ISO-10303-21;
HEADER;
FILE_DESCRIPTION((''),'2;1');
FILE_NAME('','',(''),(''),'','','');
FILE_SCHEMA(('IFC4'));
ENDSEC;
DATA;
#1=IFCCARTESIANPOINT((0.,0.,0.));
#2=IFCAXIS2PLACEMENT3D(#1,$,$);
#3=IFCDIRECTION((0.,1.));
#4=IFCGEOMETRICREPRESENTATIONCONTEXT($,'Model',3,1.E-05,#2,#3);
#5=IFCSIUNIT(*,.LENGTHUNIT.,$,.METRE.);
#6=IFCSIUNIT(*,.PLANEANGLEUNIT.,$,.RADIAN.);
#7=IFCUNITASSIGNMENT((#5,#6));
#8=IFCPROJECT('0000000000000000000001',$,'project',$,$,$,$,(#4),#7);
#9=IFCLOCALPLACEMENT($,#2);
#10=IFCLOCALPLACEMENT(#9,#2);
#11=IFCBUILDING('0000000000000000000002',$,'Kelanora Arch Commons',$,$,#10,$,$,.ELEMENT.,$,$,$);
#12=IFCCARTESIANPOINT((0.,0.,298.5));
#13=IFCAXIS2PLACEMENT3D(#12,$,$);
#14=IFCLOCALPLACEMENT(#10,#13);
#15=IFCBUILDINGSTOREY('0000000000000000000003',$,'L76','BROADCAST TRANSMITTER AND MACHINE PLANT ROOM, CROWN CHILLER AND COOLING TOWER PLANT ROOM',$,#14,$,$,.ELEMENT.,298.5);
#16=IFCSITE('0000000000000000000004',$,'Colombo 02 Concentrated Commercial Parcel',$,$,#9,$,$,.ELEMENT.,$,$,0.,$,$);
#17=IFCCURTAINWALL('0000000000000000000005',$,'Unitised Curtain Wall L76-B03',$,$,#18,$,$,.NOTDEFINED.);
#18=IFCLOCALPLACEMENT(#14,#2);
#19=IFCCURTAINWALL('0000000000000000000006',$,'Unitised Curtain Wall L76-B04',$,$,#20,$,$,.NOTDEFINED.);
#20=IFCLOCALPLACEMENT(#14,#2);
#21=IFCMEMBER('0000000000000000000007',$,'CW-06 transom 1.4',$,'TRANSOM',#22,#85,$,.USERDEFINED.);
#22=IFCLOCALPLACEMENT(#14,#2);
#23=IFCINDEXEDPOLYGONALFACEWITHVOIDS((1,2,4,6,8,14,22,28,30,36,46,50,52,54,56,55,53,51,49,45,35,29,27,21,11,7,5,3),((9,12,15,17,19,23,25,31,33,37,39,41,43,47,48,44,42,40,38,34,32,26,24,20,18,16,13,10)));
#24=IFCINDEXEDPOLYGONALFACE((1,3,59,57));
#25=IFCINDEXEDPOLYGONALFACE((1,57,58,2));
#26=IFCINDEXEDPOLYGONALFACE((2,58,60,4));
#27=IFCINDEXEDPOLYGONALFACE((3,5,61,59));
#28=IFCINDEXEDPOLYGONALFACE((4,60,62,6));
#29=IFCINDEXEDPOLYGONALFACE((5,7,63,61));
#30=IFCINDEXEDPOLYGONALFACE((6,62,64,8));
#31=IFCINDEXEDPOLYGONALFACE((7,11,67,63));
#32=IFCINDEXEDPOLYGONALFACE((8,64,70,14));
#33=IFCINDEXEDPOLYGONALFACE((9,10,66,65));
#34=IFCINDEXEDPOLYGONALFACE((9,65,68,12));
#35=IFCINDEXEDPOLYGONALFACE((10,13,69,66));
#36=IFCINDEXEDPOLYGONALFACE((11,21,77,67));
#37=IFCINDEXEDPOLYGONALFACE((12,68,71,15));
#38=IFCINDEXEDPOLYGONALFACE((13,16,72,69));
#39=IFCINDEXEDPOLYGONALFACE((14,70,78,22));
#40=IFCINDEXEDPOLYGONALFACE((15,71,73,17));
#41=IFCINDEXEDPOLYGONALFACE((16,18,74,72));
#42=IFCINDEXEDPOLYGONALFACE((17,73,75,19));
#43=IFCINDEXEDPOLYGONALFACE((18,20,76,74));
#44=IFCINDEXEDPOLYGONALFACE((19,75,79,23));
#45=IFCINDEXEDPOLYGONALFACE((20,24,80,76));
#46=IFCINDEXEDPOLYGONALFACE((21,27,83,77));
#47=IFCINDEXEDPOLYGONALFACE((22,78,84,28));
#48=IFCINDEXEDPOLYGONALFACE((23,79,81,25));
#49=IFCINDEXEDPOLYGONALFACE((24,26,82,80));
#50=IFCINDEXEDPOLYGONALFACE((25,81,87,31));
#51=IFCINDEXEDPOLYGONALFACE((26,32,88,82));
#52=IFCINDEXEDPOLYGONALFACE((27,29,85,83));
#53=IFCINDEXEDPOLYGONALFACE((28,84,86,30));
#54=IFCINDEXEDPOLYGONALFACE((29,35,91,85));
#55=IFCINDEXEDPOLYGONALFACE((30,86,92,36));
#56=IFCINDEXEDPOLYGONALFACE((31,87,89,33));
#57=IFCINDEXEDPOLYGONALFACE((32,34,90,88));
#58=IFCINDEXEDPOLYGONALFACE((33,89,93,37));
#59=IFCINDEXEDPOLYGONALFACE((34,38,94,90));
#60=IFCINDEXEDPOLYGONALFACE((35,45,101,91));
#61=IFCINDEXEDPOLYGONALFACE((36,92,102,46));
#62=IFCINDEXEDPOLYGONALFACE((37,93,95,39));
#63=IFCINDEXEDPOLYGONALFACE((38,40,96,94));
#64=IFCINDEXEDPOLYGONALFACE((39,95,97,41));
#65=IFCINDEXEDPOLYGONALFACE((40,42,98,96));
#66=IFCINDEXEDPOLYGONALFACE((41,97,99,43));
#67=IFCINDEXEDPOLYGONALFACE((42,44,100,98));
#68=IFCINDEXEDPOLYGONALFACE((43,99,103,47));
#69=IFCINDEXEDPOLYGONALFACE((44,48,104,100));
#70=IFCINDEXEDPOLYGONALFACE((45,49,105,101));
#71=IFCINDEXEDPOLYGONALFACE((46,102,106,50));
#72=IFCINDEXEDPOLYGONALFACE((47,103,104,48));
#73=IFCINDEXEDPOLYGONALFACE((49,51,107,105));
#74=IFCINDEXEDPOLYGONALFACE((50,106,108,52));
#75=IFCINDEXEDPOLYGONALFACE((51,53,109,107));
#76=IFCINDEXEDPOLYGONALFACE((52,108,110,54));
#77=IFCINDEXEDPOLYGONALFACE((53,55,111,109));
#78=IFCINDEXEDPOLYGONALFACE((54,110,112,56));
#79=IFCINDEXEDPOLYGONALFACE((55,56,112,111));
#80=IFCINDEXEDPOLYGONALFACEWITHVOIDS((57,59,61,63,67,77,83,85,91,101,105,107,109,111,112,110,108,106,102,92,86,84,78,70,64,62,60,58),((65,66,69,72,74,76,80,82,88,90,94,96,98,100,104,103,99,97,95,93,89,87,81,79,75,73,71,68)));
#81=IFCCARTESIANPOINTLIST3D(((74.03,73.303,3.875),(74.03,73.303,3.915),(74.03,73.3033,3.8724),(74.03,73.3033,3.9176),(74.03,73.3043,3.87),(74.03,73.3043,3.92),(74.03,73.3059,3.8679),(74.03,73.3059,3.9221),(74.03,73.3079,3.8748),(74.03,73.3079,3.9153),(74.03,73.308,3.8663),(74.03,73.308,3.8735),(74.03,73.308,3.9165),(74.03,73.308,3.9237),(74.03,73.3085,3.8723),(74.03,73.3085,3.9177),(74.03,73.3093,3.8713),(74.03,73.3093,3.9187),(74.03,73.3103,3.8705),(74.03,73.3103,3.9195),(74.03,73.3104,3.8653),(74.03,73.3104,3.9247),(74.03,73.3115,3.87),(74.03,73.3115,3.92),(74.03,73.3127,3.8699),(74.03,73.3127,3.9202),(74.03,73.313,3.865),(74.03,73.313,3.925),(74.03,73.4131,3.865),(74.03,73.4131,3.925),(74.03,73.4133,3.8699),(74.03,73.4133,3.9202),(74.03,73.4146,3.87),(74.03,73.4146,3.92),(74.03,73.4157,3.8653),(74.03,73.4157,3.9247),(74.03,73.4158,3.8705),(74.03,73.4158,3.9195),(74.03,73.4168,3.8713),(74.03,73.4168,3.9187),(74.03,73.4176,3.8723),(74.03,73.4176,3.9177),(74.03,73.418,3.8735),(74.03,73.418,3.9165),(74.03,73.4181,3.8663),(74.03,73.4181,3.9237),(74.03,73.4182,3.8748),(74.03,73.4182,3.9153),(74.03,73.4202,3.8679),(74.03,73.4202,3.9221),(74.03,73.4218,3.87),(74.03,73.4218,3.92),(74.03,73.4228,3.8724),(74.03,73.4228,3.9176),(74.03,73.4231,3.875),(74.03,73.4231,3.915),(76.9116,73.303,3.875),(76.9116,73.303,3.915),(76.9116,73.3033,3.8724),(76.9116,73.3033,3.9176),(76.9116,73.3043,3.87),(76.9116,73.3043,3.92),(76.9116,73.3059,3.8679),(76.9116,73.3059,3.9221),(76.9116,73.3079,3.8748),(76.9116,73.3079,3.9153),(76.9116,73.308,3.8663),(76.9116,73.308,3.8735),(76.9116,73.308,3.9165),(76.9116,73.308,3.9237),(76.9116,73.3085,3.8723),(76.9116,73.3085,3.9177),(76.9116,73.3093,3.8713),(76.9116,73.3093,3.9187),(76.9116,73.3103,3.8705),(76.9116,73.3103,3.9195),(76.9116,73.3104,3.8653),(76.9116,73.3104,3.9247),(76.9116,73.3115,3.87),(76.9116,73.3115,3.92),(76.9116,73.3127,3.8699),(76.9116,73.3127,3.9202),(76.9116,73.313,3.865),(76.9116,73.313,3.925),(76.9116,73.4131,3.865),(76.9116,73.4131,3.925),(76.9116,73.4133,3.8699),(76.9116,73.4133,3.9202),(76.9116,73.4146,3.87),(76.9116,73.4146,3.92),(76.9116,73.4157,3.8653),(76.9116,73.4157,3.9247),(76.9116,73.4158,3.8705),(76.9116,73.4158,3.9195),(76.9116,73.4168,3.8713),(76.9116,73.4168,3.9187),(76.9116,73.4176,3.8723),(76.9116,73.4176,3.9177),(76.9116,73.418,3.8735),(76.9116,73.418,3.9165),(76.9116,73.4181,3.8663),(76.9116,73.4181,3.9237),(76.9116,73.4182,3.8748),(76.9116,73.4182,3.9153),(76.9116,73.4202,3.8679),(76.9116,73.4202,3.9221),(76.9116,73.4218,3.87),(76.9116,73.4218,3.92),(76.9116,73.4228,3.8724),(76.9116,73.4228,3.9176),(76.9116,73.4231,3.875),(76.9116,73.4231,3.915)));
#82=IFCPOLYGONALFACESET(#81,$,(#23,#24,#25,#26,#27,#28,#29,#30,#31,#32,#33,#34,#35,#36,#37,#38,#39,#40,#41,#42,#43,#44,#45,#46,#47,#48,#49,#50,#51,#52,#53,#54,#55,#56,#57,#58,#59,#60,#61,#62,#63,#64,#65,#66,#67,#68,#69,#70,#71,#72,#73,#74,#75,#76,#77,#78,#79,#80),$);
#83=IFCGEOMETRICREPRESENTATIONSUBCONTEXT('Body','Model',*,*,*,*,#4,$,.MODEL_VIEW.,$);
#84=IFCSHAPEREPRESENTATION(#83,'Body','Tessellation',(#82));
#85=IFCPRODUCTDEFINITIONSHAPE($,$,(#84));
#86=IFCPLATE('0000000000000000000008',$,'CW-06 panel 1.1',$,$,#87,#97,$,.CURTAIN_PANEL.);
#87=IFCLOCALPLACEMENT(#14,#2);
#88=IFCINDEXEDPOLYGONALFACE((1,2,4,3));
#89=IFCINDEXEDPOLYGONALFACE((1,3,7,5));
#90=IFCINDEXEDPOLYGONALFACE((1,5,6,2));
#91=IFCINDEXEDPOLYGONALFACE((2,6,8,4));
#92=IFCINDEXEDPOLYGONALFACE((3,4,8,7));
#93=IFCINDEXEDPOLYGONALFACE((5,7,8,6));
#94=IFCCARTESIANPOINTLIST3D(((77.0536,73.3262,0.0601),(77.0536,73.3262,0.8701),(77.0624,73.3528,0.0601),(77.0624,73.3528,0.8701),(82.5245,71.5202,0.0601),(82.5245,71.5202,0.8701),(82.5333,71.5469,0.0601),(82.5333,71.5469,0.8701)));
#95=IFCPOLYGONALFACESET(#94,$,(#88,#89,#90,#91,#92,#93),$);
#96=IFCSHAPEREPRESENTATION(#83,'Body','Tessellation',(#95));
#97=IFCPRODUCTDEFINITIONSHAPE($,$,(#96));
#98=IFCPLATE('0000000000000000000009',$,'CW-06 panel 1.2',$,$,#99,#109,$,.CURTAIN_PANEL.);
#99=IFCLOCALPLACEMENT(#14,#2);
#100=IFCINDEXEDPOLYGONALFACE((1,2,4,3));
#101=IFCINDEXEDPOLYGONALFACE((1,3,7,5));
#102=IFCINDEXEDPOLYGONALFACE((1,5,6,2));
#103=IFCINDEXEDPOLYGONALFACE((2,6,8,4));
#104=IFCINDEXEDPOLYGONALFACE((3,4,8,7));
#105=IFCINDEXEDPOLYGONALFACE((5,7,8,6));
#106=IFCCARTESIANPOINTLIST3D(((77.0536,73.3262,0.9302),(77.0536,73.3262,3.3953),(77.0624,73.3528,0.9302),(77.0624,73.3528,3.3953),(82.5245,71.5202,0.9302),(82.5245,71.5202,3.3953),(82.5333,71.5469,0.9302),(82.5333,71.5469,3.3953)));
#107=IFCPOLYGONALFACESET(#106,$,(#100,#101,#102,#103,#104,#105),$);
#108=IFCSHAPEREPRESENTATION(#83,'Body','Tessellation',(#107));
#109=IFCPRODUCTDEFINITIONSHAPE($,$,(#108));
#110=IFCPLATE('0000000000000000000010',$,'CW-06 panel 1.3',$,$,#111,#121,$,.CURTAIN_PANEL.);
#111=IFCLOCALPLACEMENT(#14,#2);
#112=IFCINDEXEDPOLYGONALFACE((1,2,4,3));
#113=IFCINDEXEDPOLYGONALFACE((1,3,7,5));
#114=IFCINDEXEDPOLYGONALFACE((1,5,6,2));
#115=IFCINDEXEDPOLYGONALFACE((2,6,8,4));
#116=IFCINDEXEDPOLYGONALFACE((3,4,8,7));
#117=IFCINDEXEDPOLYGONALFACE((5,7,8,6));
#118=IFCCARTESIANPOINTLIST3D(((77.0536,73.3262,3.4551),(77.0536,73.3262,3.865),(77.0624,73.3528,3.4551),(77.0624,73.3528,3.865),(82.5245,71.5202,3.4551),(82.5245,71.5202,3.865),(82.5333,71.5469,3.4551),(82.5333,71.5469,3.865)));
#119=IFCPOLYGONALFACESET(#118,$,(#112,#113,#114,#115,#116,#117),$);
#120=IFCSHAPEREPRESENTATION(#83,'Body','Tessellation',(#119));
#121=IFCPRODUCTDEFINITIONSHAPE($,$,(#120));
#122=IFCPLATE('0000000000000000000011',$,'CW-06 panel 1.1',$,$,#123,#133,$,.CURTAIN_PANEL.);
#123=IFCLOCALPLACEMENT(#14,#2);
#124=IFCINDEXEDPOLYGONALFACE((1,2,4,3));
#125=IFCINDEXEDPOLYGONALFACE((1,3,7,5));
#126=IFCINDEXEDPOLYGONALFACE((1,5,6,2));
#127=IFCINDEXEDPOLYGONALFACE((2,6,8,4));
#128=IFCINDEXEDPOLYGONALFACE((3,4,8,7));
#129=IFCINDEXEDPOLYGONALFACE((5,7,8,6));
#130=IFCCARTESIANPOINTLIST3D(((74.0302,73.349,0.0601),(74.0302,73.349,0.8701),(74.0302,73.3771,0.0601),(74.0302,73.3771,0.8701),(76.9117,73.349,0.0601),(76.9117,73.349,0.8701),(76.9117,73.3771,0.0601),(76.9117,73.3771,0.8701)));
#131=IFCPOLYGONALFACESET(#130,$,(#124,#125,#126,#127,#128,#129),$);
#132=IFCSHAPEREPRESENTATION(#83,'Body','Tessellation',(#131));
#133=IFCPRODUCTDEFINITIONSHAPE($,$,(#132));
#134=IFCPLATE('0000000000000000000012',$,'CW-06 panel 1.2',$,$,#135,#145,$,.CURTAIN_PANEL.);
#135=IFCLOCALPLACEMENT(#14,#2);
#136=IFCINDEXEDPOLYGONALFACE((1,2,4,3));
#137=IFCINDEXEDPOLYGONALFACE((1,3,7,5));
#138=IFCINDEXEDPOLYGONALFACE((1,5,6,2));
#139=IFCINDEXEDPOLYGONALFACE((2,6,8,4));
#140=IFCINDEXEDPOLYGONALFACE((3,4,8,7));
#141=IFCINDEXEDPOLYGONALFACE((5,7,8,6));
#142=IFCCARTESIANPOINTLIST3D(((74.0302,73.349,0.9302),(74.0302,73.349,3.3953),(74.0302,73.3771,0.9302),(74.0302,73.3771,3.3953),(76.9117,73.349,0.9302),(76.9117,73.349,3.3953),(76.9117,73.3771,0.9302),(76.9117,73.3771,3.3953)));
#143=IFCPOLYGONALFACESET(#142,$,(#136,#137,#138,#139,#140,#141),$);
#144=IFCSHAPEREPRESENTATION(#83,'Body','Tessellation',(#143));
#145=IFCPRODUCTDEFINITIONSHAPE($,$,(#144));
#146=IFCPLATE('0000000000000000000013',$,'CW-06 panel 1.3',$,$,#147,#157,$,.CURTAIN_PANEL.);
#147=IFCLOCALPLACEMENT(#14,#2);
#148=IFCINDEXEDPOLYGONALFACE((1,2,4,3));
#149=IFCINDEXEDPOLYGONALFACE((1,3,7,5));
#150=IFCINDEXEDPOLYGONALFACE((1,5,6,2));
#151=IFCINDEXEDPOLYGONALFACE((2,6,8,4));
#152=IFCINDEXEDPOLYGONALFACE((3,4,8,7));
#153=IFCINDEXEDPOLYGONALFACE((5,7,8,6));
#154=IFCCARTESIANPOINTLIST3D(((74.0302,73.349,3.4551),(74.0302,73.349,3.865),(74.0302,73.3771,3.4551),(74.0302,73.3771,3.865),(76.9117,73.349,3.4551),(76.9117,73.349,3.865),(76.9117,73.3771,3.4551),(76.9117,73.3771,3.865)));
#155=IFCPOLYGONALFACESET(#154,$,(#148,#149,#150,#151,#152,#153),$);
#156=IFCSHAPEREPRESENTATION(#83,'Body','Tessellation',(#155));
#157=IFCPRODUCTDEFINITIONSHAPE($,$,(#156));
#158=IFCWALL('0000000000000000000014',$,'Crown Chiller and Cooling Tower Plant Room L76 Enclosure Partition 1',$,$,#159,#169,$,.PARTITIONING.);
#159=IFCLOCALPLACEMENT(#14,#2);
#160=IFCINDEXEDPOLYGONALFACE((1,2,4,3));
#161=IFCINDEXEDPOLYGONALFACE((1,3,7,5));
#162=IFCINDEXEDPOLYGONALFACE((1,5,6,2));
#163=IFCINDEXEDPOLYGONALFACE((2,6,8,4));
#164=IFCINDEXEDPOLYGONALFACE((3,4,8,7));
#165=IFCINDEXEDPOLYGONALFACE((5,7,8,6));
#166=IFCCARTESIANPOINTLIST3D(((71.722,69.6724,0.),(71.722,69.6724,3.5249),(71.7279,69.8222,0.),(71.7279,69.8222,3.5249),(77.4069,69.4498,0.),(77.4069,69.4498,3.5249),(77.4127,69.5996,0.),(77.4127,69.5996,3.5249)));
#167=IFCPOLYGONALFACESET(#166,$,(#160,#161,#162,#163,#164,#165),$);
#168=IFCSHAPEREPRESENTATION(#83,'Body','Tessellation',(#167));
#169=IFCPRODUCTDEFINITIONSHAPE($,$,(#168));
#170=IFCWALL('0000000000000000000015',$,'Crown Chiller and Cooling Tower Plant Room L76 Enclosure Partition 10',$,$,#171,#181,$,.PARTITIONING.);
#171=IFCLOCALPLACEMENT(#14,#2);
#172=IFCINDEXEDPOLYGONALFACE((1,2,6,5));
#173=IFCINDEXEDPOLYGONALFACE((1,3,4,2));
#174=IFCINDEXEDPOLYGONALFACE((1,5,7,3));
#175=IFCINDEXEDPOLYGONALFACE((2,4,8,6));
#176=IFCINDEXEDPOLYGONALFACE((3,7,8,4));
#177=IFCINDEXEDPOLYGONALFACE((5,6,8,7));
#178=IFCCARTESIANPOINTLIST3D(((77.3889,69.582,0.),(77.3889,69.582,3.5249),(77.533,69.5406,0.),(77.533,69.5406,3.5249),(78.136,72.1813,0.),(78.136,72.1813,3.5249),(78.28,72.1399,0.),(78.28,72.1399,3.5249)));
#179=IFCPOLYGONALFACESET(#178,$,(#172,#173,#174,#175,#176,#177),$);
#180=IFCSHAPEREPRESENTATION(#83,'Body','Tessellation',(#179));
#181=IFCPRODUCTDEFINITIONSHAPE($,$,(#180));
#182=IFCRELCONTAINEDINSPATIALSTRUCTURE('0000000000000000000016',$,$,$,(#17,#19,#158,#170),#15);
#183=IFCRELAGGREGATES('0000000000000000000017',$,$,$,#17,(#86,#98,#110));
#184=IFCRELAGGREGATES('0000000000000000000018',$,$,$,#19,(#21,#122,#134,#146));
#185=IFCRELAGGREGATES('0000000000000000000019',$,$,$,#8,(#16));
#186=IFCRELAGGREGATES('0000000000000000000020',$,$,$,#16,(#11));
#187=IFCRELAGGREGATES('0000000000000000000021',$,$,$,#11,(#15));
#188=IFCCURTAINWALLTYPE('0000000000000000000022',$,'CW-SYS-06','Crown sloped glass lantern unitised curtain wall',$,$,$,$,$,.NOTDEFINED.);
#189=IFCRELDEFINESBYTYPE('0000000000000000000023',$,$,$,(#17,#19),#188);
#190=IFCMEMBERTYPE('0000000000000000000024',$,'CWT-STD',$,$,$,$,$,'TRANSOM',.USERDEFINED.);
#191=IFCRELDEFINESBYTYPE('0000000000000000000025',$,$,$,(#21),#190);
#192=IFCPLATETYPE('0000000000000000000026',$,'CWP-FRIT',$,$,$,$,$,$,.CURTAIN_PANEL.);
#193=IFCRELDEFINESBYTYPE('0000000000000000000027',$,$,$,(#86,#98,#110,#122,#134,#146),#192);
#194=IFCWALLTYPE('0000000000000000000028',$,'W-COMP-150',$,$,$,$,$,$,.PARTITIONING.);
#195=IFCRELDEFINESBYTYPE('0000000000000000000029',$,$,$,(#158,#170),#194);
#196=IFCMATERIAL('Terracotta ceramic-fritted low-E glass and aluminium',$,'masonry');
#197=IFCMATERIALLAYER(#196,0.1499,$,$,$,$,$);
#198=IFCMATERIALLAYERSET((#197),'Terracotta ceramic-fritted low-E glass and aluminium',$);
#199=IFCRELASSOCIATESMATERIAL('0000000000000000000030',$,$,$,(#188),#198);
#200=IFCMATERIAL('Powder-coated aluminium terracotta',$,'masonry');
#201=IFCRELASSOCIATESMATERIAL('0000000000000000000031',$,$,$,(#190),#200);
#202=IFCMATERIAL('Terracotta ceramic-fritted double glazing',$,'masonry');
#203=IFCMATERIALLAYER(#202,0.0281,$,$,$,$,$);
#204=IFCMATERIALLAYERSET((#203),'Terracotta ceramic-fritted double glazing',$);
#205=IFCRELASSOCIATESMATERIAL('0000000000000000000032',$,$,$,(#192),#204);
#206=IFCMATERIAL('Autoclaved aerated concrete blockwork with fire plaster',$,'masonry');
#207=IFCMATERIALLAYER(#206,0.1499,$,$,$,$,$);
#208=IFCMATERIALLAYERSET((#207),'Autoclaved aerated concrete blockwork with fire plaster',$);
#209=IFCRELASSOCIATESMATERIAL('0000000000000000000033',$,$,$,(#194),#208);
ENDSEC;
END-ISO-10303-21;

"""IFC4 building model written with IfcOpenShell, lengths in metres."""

from ifc_helpers import new_model, si_unit, direction, frame, frame_2d, origin, origin_2d, place, context, subcontext, project, spatial, rectangle, hollow_rectangle, extrude, source, transform, mapped, material, layer, layer_set, material_profile, profile_set, type_object, element, aggregate, save


model = new_model("IFC4")

# Units and contexts
model_context = context("Model", 3, precision=1e-05, world=origin(), true_north=direction((0.0, 1.0)))
body_context = subcontext(model_context, "Body", "Model", "MODEL_VIEW")
ifc_project = project(units=[si_unit("LENGTHUNIT", "METRE"), si_unit("PLANEANGLEUNIT", "RADIAN")], contexts=[model_context])

# Site, building, storey
site_placement = place(None, origin())
site = spatial("IfcSite", under=ifc_project, at=site_placement, Name="Colombo 02 Concentrated Commercial Parcel", CompositionType="ELEMENT", RefElevation=0.0)
building_placement = place(site_placement, origin())
building = spatial("IfcBuilding", under=site, at=building_placement, Name="Kelanora Arch Commons", CompositionType="ELEMENT")
storey_placement = place(building_placement, frame((0.0, 0.0, 298.5)))
storey = spatial("IfcBuildingStorey", under=building, at=storey_placement, Name="L76", Description="BROADCAST TRANSMITTER AND MACHINE PLANT ROOM, CROWN CHILLER AND COOLING TOWER PLANT ROOM", CompositionType="ELEMENT", Elevation=298.5)

# Curtain wall
ifc_material_1 = material(Name="Terracotta ceramic-fritted low-E glass and aluminium", Category="masonry")
ifc_layer_1 = layer(ifc_material_1, 0.1499)
ifc_layer_set_1 = layer_set([ifc_layer_1], Name="Terracotta ceramic-fritted low-E glass and aluminium")
curtain_wall_type = type_object("IfcCurtainWallType", Name="CW-SYS-06", Description="Crown sloped glass lantern unitised curtain wall", PredefinedType="NOTDEFINED", material=ifc_layer_set_1)
curtain_wall_1_placement = place(storey_placement, origin())
curtain_wall_1 = element("IfcCurtainWall", 1, at=curtain_wall_1_placement, inside=storey, type_object=curtain_wall_type, Name="Unitised Curtain Wall L76-B03", PredefinedType="NOTDEFINED")
ifc_material_2 = material(Name="Powder-coated aluminium terracotta", Category="masonry")

# Curtain wall, member
curtain_wall_2_placement = place(storey_placement, origin())
curtain_wall_2 = element("IfcCurtainWall", 2, at=curtain_wall_2_placement, inside=storey, type_object=curtain_wall_type, Name="Unitised Curtain Wall L76-B04", PredefinedType="NOTDEFINED")
ifc_material_profile_1 = material_profile(ifc_material_2, hollow_rectangle(XDim=0.1201, YDim=0.0601, WallThickness=0.0049, InnerFilletRadius=0.0049, OuterFilletRadius=0.01, at=origin_2d()), Name="CWT120x60")
ifc_profile_set_1 = profile_set([ifc_material_profile_1], Name="Powder-coated aluminium terracotta")
member_type_1 = type_object("IfcMemberType", Name="CWT-STD", ElementType="TRANSOM", PredefinedType="USERDEFINED", material=ifc_profile_set_1)
member_1_placement = place(storey_placement, frame((76.9116, 73.363, 3.895), z_axis=(-1.0, 0.0, 0.0), x_axis=(0.0, -1.0, 0.0)))
member_1 = element("IfcMember", 3, at=member_1_placement, type_object=member_type_1, Name="CW-06 transom 1.4", ObjectType="TRANSOM", PredefinedType="USERDEFINED", context=body_context, shape_type="SweptSolid", body=[
    extrude(hollow_rectangle(XDim=0.1201, YDim=0.0601, WallThickness=0.0049, InnerFilletRadius=0.0049, OuterFilletRadius=0.01, at=origin_2d()), origin(), (0.0, 0.0, 1.0), 2.8816),
])

# Plates
ifc_material_3 = material(Name="Terracotta ceramic-fritted double glazing", Category="masonry")
ifc_layer_2 = layer(ifc_material_3, 0.0281)
ifc_layer_set_2 = layer_set([ifc_layer_2], Name="Terracotta ceramic-fritted double glazing")
plate_type = type_object("IfcPlateType", Name="CWP-FRIT", PredefinedType="CURTAIN_PANEL", material=ifc_layer_set_2)
shared_shape_1 = source(origin(), body_context, "Body", "SweptSolid", [
    extrude(rectangle(XDim=5.7612, YDim=0.0281, at=origin_2d()), origin(), (0.0, 0.0, 1.0), 0.8101),
])
plate_1_placement = place(storey_placement, frame((79.7935, 72.4365, 0.0601), z_axis=(0.0, 0.0, 1.0), x_axis=(-0.949599, 0.313467, 0.0)))
plate_1 = element("IfcPlate", 4, at=plate_1_placement, type_object=plate_type, Name="CW-06 panel 1.1", PredefinedType="CURTAIN_PANEL", context=body_context, shape_type="MappedRepresentation", body=[
    mapped(shared_shape_1, transform((0.0, 0.0, 0.0), scale=1.0)),
])
shared_shape_2 = source(origin(), body_context, "Body", "SweptSolid", [
    extrude(rectangle(XDim=5.7612, YDim=0.0281, at=origin_2d()), origin(), (0.0, 0.0, 1.0), 2.4651),
])
plate_2_placement = place(storey_placement, frame((79.7935, 72.4365, 0.9302), z_axis=(0.0, 0.0, 1.0), x_axis=(-0.949599, 0.313467, 0.0)))
plate_2 = element("IfcPlate", 5, at=plate_2_placement, type_object=plate_type, Name="CW-06 panel 1.2", PredefinedType="CURTAIN_PANEL", context=body_context, shape_type="MappedRepresentation", body=[
    mapped(shared_shape_2, transform((0.0, 0.0, 0.0), scale=1.0)),
])
shared_shape_3 = source(origin(), body_context, "Body", "SweptSolid", [
    extrude(rectangle(XDim=5.7612, YDim=0.0281, at=origin_2d()), origin(), (0.0, 0.0, 1.0), 0.4099),
])
plate_3_placement = place(storey_placement, frame((79.7935, 72.4365, 3.4551), z_axis=(0.0, 0.0, 1.0), x_axis=(-0.949599, 0.313467, 0.0)))
plate_3 = element("IfcPlate", 6, at=plate_3_placement, type_object=plate_type, Name="CW-06 panel 1.3", PredefinedType="CURTAIN_PANEL", context=body_context, shape_type="MappedRepresentation", body=[
    mapped(shared_shape_3, transform((0.0, 0.0, 0.0), scale=1.0)),
])
aggregate(curtain_wall_1, [plate_1, plate_2, plate_3])
shared_shape_4 = source(origin(), body_context, "Body", "SweptSolid", [
    extrude(rectangle(XDim=2.8816, YDim=0.0281, at=origin_2d()), origin(), (0.0, 0.0, 1.0), 0.8101),
])
plate_4_placement = place(storey_placement, frame((75.4709, 73.363, 0.0601), z_axis=(0.0, 0.0, 1.0), x_axis=(-1.0, 0.0, 0.0)))
plate_4 = element("IfcPlate", 7, at=plate_4_placement, type_object=plate_type, Name="CW-06 panel 1.1", PredefinedType="CURTAIN_PANEL", context=body_context, shape_type="MappedRepresentation", body=[
    mapped(shared_shape_4, transform((0.0, 0.0, 0.0), scale=1.0)),
])
shared_shape_5 = source(origin(), body_context, "Body", "SweptSolid", [
    extrude(rectangle(XDim=2.8816, YDim=0.0281, at=origin_2d()), origin(), (0.0, 0.0, 1.0), 2.4651),
])
plate_5_placement = place(storey_placement, frame((75.4709, 73.363, 0.9302), z_axis=(0.0, 0.0, 1.0), x_axis=(-1.0, 0.0, 0.0)))
plate_5 = element("IfcPlate", 8, at=plate_5_placement, type_object=plate_type, Name="CW-06 panel 1.2", PredefinedType="CURTAIN_PANEL", context=body_context, shape_type="MappedRepresentation", body=[
    mapped(shared_shape_5, transform((0.0, 0.0, 0.0), scale=1.0)),
])
shared_shape_6 = source(origin(), body_context, "Body", "SweptSolid", [
    extrude(rectangle(XDim=2.8816, YDim=0.0281, at=origin_2d()), origin(), (0.0, 0.0, 1.0), 0.4099),
])
plate_6_placement = place(storey_placement, frame((75.4709, 73.363, 3.4551), z_axis=(0.0, 0.0, 1.0), x_axis=(-1.0, 0.0, 0.0)))
plate_6 = element("IfcPlate", 9, at=plate_6_placement, type_object=plate_type, Name="CW-06 panel 1.3", PredefinedType="CURTAIN_PANEL", context=body_context, shape_type="MappedRepresentation", body=[
    mapped(shared_shape_6, transform((0.0, 0.0, 0.0), scale=1.0)),
])
aggregate(curtain_wall_2, [member_1, plate_4, plate_5, plate_6])

# Walls
ifc_material_4 = material(Name="Autoclaved aerated concrete blockwork with fire plaster", Category="masonry")
ifc_layer_3 = layer(ifc_material_4, 0.1499)
ifc_layer_set_3 = layer_set([ifc_layer_3], Name="Autoclaved aerated concrete blockwork with fire plaster")
wall_type = type_object("IfcWallType", Name="W-COMP-150", PredefinedType="PARTITIONING", material=ifc_layer_set_3)
wall_1_placement = place(storey_placement, frame((77.4099, 69.5247, 0.0), z_axis=(0.0, 0.0, 1.0), x_axis=(-0.999234, 0.039137, 0.0)))
element("IfcWall", 10, at=wall_1_placement, inside=storey, type_object=wall_type, Name="Crown Chiller and Cooling Tower Plant Room L76 Enclosure Partition 1", PredefinedType="PARTITIONING", context=body_context, shape_type="SweptSolid", body=[
    extrude(rectangle(XDim=5.6892, YDim=0.1499, at=frame_2d((2.8447, 0.0))), origin(), (0.0, 0.0, 1.0), 3.5249),
])
wall_2_placement = place(storey_placement, frame((78.208, 72.1606, 0.0), z_axis=(0.0, 0.0, 1.0), x_axis=(-0.276223, -0.961094, 0.0)))
element("IfcWall", 11, at=wall_2_placement, inside=storey, type_object=wall_type, Name="Crown Chiller and Cooling Tower Plant Room L76 Enclosure Partition 10", PredefinedType="PARTITIONING", context=body_context, shape_type="SweptSolid", body=[
    extrude(rectangle(XDim=2.7046, YDim=0.1499, at=frame_2d((1.3523, 0.0))), origin(), (0.0, 0.0, 1.0), 3.5249),
])

save(model, "model.ifc")
